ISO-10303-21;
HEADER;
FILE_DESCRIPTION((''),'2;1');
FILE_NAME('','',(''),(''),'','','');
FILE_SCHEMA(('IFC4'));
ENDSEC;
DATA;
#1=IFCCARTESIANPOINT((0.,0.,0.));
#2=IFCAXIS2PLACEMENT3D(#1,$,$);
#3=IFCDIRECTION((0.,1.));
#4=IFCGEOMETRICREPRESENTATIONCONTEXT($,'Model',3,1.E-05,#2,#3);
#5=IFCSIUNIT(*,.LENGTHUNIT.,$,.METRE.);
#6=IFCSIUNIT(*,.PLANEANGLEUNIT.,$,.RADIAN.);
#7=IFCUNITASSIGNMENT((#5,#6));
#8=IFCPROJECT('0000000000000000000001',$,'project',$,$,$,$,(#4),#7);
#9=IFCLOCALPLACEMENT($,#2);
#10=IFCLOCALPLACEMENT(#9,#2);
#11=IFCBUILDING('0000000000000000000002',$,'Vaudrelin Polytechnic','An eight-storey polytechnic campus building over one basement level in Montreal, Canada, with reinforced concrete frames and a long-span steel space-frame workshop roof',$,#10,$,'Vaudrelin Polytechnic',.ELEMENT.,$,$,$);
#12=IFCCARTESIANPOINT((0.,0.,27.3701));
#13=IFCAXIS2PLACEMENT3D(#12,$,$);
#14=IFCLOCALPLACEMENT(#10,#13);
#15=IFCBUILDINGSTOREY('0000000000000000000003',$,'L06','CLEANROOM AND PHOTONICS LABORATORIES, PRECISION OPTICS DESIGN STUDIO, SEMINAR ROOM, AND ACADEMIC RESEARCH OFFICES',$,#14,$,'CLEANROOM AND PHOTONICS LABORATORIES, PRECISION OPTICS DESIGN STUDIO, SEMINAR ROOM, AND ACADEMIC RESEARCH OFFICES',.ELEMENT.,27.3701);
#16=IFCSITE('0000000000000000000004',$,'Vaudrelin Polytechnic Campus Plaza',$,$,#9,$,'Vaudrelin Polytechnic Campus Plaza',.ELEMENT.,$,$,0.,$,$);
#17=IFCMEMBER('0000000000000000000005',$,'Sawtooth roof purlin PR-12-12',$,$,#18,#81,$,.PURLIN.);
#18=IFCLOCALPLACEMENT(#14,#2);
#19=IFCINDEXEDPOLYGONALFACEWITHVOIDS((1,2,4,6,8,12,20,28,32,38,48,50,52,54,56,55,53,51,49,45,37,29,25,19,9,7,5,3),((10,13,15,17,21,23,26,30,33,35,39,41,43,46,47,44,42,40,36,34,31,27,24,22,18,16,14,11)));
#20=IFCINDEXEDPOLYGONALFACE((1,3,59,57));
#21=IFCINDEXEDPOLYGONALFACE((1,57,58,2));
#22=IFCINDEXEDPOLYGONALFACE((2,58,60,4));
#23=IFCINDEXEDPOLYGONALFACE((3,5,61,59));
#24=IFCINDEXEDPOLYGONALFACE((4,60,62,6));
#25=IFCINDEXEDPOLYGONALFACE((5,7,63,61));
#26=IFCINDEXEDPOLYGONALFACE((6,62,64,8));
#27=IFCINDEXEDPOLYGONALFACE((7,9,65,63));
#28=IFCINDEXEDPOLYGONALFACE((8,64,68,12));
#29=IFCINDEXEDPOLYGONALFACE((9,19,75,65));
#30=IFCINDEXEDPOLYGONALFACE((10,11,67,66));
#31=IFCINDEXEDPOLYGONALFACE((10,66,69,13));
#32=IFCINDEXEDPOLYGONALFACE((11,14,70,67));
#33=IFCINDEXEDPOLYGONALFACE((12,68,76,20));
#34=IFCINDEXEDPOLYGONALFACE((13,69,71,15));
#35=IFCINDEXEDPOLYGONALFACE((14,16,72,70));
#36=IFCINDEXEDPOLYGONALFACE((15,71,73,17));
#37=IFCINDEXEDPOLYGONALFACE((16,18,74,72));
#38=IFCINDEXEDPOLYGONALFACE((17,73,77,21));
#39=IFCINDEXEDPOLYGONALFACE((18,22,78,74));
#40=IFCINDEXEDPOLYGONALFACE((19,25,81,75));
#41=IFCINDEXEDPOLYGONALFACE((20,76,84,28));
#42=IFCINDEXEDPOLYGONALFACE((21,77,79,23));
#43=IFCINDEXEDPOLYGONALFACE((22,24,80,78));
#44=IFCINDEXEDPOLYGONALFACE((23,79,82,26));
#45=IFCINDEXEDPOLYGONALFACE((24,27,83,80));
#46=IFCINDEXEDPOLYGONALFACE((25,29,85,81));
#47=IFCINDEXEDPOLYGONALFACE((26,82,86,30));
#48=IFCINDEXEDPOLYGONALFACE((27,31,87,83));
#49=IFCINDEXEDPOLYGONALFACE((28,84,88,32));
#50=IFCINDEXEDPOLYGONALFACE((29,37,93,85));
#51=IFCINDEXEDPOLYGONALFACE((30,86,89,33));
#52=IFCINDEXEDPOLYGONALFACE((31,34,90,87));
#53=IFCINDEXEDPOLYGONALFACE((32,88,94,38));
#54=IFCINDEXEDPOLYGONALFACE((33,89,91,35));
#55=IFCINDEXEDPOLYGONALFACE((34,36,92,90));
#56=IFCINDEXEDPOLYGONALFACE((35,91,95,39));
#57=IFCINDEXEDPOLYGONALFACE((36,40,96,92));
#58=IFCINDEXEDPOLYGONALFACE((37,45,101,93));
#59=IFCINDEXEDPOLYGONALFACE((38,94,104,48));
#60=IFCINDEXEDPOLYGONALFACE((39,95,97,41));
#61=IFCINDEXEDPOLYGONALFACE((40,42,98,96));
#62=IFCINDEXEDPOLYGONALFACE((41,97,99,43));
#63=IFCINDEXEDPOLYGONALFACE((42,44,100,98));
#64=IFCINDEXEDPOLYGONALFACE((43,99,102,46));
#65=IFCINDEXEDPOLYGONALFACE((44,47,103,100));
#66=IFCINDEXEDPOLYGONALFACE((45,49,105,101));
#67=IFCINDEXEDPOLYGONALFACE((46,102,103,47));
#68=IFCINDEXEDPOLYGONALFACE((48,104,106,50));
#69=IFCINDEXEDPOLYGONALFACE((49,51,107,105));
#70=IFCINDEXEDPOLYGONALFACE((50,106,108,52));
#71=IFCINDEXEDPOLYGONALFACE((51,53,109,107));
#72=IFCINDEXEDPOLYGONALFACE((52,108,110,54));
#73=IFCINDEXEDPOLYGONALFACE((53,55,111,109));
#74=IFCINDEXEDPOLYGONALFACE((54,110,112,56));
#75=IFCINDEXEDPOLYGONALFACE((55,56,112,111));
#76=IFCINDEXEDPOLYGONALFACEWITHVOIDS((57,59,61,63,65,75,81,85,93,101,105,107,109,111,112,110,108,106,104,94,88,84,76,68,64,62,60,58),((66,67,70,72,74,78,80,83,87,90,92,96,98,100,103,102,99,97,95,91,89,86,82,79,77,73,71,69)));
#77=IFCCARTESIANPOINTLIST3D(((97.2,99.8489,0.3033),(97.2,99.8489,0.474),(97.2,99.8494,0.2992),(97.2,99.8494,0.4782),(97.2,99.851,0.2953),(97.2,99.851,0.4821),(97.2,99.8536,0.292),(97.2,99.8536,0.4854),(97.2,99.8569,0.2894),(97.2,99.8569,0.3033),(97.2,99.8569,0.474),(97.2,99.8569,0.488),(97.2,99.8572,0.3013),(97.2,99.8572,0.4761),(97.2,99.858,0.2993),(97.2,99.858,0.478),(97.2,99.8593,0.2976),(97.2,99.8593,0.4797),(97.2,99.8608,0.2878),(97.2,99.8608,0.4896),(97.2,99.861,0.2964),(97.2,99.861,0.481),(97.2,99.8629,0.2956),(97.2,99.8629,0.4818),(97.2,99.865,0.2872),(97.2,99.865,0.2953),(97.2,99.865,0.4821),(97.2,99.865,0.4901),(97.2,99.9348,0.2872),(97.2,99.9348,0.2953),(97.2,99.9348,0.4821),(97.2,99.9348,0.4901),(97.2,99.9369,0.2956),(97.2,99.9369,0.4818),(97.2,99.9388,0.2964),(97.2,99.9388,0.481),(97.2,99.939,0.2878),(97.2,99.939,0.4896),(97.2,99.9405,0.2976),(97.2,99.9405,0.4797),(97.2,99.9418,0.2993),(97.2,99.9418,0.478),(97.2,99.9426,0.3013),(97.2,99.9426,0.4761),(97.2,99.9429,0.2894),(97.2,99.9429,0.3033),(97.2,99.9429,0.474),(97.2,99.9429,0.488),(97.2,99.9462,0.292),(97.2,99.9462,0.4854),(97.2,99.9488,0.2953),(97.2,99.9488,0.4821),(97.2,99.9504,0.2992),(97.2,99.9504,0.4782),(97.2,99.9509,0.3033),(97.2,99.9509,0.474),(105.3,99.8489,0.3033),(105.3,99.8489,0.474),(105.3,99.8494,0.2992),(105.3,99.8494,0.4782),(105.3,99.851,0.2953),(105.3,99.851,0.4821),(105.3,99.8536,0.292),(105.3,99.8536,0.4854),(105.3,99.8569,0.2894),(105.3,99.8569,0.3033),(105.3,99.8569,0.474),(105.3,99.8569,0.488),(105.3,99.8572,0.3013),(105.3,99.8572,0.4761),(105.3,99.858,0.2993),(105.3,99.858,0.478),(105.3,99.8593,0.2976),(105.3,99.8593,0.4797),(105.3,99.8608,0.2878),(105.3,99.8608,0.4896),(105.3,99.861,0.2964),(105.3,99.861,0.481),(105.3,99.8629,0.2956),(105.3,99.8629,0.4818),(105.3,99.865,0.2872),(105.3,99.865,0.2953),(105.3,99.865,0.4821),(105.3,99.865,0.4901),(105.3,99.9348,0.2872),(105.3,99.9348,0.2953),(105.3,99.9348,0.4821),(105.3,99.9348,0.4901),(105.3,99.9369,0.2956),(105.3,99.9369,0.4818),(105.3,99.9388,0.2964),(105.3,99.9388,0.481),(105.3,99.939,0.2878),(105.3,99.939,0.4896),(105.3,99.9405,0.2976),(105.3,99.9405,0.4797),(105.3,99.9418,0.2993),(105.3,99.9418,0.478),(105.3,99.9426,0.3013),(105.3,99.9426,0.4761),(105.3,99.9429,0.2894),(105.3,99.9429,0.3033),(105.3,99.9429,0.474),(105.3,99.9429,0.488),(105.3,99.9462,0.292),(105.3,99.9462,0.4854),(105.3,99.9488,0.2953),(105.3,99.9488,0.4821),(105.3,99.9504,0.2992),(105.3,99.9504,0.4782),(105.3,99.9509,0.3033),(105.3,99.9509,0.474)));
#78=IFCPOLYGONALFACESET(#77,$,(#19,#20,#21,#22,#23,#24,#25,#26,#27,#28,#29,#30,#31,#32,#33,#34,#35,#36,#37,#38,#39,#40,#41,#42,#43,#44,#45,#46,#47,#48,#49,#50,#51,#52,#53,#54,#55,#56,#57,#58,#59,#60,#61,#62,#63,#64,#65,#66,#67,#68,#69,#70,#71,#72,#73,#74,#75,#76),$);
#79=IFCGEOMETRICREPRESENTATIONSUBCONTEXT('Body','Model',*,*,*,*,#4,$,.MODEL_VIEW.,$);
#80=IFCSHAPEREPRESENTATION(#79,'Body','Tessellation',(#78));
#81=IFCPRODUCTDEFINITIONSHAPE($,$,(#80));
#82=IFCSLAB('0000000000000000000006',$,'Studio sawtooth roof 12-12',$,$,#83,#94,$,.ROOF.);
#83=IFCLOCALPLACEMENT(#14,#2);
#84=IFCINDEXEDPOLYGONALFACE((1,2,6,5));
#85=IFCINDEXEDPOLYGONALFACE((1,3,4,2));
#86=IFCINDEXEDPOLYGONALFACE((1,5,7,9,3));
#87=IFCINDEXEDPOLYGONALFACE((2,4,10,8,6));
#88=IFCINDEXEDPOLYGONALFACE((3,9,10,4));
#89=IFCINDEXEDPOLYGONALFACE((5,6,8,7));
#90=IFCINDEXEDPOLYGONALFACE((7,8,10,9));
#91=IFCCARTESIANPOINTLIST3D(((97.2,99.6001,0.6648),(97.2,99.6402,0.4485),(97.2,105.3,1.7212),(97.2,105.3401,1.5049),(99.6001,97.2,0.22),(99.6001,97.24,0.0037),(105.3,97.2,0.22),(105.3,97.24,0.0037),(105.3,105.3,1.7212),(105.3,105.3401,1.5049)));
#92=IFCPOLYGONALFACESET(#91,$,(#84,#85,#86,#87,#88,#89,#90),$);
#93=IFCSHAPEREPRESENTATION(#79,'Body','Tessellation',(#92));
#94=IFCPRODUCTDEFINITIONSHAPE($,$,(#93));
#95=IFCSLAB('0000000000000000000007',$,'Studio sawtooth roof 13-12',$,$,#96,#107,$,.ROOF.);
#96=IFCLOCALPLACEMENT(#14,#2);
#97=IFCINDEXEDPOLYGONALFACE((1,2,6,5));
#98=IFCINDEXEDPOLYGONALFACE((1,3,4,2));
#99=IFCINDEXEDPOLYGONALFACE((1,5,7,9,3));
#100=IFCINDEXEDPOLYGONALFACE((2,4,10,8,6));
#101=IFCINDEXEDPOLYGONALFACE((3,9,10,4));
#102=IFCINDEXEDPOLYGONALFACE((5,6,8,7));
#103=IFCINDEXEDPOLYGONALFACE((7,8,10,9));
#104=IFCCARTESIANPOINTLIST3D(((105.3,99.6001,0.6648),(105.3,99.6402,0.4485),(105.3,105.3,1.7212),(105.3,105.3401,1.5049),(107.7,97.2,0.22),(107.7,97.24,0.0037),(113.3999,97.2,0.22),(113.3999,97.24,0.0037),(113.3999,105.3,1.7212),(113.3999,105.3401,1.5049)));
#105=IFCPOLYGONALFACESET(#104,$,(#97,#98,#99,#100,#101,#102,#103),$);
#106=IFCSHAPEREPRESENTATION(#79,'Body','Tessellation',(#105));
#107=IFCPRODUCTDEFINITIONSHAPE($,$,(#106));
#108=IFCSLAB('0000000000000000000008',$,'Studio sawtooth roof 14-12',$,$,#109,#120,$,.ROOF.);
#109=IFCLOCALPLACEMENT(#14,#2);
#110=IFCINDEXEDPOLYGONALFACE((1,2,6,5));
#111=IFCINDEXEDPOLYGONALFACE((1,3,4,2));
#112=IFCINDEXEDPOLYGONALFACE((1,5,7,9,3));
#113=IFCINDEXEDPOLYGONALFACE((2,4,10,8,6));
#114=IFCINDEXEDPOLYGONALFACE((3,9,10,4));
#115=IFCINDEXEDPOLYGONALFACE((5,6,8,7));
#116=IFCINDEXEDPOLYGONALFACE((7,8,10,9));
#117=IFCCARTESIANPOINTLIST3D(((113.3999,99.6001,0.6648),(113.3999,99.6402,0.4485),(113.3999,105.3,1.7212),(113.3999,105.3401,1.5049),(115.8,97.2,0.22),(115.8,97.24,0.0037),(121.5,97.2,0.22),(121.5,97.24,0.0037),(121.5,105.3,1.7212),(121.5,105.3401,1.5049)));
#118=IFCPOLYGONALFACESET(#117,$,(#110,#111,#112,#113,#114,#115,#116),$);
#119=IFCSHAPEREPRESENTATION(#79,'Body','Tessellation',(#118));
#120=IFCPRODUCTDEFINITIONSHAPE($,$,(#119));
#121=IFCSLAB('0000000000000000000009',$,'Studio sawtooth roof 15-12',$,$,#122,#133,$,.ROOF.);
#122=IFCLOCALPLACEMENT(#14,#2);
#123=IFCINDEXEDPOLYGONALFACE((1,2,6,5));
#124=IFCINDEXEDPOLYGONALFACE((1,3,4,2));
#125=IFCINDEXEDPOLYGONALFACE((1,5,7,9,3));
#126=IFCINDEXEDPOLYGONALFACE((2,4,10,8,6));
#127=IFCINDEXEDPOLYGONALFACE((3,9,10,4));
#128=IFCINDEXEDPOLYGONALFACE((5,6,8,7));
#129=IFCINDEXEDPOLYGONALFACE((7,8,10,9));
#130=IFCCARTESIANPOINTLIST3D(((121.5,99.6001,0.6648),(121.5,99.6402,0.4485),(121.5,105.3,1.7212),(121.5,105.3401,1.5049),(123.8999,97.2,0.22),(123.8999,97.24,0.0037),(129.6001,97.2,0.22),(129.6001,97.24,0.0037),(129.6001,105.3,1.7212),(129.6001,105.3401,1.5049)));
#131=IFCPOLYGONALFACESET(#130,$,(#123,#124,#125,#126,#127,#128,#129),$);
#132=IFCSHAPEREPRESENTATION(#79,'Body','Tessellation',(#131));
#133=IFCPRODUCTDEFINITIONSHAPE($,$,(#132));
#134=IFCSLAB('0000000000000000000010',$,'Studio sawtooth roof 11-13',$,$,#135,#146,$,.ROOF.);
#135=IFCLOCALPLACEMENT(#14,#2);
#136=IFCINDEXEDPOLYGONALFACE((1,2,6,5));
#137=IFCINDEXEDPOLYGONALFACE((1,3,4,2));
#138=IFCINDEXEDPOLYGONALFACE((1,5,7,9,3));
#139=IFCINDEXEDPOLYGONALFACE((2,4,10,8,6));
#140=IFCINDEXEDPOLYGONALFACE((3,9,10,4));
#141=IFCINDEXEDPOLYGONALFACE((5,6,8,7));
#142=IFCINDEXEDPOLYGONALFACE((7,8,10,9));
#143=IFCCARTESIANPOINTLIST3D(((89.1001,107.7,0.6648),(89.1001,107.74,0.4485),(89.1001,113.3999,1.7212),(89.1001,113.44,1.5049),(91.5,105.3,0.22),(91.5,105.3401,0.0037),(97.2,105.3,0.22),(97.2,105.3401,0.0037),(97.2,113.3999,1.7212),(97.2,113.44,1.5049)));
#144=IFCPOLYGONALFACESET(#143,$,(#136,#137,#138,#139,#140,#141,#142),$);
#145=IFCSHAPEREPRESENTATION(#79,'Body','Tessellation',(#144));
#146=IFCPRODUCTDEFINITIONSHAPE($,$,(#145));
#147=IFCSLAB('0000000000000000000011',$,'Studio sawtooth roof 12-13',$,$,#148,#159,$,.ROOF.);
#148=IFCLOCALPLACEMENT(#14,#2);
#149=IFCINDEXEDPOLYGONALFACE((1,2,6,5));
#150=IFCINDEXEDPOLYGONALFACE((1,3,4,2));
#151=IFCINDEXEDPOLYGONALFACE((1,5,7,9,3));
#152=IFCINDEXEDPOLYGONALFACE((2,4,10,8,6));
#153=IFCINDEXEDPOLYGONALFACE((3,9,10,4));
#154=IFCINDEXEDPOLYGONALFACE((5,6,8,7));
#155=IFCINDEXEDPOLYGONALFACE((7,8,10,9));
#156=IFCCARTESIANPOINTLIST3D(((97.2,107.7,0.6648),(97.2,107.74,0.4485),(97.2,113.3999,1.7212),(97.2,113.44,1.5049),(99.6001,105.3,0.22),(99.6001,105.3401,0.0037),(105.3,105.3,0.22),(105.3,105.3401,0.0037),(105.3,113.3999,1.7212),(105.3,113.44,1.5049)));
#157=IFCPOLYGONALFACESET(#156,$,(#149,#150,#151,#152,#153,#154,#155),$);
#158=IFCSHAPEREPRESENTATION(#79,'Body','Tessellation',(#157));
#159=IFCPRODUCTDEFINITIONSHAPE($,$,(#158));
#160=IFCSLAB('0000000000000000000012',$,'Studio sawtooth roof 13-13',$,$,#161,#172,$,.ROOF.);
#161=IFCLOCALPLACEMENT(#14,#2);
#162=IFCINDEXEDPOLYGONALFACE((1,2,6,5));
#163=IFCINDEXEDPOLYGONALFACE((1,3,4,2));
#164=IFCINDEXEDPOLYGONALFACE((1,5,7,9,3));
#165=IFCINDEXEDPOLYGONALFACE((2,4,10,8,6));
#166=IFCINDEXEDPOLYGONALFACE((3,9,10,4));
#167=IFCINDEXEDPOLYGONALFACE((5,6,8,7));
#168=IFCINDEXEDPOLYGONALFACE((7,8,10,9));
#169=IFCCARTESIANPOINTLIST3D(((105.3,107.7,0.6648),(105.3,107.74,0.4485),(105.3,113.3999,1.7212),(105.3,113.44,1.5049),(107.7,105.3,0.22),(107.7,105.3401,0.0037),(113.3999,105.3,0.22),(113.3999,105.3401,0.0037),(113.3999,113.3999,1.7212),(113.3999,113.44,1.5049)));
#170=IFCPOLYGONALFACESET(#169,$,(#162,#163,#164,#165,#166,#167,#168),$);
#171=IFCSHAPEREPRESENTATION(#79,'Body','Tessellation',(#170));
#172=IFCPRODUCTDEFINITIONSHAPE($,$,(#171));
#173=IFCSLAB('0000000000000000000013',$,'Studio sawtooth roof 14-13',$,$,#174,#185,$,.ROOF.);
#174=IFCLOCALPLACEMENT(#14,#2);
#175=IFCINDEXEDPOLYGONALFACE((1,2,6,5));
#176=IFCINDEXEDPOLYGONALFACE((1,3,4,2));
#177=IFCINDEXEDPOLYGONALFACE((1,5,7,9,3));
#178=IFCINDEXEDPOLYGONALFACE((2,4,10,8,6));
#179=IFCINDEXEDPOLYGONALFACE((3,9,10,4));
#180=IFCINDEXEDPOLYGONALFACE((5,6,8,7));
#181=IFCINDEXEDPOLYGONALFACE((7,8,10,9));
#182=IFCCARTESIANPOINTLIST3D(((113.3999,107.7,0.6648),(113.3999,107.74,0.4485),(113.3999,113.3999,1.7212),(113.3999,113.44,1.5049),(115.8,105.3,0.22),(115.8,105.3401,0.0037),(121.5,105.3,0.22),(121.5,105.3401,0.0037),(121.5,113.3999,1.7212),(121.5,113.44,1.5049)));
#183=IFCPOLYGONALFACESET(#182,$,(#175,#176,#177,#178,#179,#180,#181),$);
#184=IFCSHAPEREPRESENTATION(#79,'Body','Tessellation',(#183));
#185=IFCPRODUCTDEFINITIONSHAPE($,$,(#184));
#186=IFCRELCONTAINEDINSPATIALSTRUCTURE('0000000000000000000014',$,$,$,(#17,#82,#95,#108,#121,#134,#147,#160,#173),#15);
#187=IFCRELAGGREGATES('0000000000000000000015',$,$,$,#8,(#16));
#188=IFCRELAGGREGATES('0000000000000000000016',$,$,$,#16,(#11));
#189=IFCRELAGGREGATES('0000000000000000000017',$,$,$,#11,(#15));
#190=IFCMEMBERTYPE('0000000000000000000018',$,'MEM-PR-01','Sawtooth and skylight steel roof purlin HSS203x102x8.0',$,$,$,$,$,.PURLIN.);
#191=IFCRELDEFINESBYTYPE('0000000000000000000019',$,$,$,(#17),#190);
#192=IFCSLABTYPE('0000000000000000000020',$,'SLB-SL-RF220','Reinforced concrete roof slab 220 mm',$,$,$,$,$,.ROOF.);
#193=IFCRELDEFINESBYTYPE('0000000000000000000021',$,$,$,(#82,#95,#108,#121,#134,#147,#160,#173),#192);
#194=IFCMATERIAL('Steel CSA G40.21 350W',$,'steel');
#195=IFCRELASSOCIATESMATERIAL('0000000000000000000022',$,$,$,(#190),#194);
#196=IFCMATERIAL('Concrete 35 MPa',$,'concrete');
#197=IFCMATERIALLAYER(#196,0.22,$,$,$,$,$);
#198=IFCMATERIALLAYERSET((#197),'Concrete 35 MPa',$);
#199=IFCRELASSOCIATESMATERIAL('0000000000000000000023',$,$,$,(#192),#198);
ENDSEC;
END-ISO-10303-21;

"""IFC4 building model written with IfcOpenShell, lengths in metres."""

from ifc_helpers import new_model, si_unit, direction, frame, origin, origin_2d, place, context, subcontext, project, spatial, polyline, hollow_rectangle, outline, extrude, material, layer, layer_set, material_profile, profile_set, type_object, element, save


model = new_model("IFC4")

# Units and contexts
model_context = context("Model", 3, precision=1e-05, world=origin(), true_north=direction((0.0, 1.0)))
body_context = subcontext(model_context, "Body", "Model", "MODEL_VIEW")
ifc_project = project(units=[si_unit("LENGTHUNIT", "METRE"), si_unit("PLANEANGLEUNIT", "RADIAN")], contexts=[model_context])

# Site, building, storey
site_placement = place(None, origin())
site = spatial("IfcSite", under=ifc_project, at=site_placement, Name="Vaudrelin Polytechnic Campus Plaza", LongName="Vaudrelin Polytechnic Campus Plaza", CompositionType="ELEMENT", RefElevation=0.0)
building_placement = place(site_placement, origin())
building = spatial("IfcBuilding", under=site, at=building_placement, Name="Vaudrelin Polytechnic", Description="An eight-storey polytechnic campus building over one basement level in Montreal, Canada, with reinforced concrete frames and a long-span steel space-frame workshop roof", LongName="Vaudrelin Polytechnic", CompositionType="ELEMENT")
storey_placement = place(building_placement, frame((0.0, 0.0, 27.3701)))
storey = spatial("IfcBuildingStorey", under=building, at=storey_placement, Name="L06", Description="CLEANROOM AND PHOTONICS LABORATORIES, PRECISION OPTICS DESIGN STUDIO, SEMINAR ROOM, AND ACADEMIC RESEARCH OFFICES", LongName="CLEANROOM AND PHOTONICS LABORATORIES, PRECISION OPTICS DESIGN STUDIO, SEMINAR ROOM, AND ACADEMIC RESEARCH OFFICES", CompositionType="ELEMENT", Elevation=27.3701)

# Shared definitions
ifc_material_1 = material(Name="Steel CSA G40.21 350W", Category="steel")

# Member
ifc_material_profile_1 = material_profile(ifc_material_1, hollow_rectangle(XDim=0.1021, YDim=0.2029, WallThickness=0.0081, InnerFilletRadius=0.0081, OuterFilletRadius=0.0161, at=origin_2d()), Name="HSS203x102x8.0")
ifc_profile_set_1 = profile_set([ifc_material_profile_1], Name="Steel CSA G40.21 350W")
member_type = type_object("IfcMemberType", Name="MEM-PR-01", Description="Sawtooth and skylight steel roof purlin HSS203x102x8.0", PredefinedType="PURLIN", material=ifc_profile_set_1)
member_placement = place(storey_placement, frame((97.2, 99.8999, 0.3887), z_axis=(1.0, 0.0, 0.0), x_axis=(0.0, 1.0, 0.0)))
element("IfcMember", 1, at=member_placement, inside=storey, type_object=member_type, Name="Sawtooth roof purlin PR-12-12", PredefinedType="PURLIN", context=body_context, shape_type="SweptSolid", body=[
    extrude(hollow_rectangle(XDim=0.1021, YDim=0.2029, WallThickness=0.0081, InnerFilletRadius=0.0081, OuterFilletRadius=0.0161, at=origin_2d()), origin(), (0.0, 0.0, 1.0), 8.1001),
])

# Slabs
ifc_material_2 = material(Name="Concrete 35 MPa", Category="concrete")
ifc_layer_1 = layer(ifc_material_2, 0.22)
ifc_layer_set_1 = layer_set([ifc_layer_1], Name="Concrete 35 MPa")
slab_type = type_object("IfcSlabType", Name="SLB-SL-RF220", Description="Reinforced concrete roof slab 220 mm", PredefinedType="ROOF", material=ifc_layer_set_1)
slab_1_placement = place(storey_placement, frame((97.2, 99.6001, 0.6648), z_axis=(0.0, -0.18223, 0.983256), x_axis=(0.701112, -0.701112, -0.129939)))
element("IfcSlab", 2, at=slab_1_placement, inside=storey, type_object=slab_type, Name="Studio sawtooth roof 12-12", PredefinedType="ROOF", context=body_context, shape_type="SweptSolid", body=[
    extrude(outline(polyline([(0.0, 0.0), (3.4233, 0.0), (7.4196, 4.0644), (1.5455, 9.8401), (-4.1336, 4.0644), (0.0, 0.0)])), origin(), (0.0, 0.0, -1.0), 0.22),
])
slab_2_placement = place(storey_placement, frame((105.3, 99.6001, 0.6648), z_axis=(0.0, -0.18223, 0.983256), x_axis=(0.701076, -0.701147, -0.129946)))
element("IfcSlab", 3, at=slab_2_placement, inside=storey, type_object=slab_type, Name="Studio sawtooth roof 13-12", PredefinedType="ROOF", context=body_context, shape_type="SweptSolid", body=[
    extrude(outline(polyline([(0.0, 0.0), (3.4232, 0.0), (7.4193, 4.0646), (1.5448, 9.84), (-4.1338, 4.0641), (0.0, 0.0)])), origin(), (0.0, 0.0, -1.0), 0.22),
])
slab_3_placement = place(storey_placement, frame((113.3999, 99.6001, 0.6648), z_axis=(0.0, -0.18223, 0.983256), x_axis=(0.701112, -0.701112, -0.129939)))
element("IfcSlab", 4, at=slab_3_placement, inside=storey, type_object=slab_type, Name="Studio sawtooth roof 14-12", PredefinedType="ROOF", context=body_context, shape_type="SweptSolid", body=[
    extrude(outline(polyline([(0.0, 0.0), (3.4233, 0.0), (7.4196, 4.0644), (1.5455, 9.8401), (-4.1336, 4.0644), (0.0, 0.0)])), origin(), (0.0, 0.0, -1.0), 0.22),
])
slab_4_placement = place(storey_placement, frame((121.5, 99.6001, 0.6648), z_axis=(0.0, -0.18223, 0.983256), x_axis=(0.701076, -0.701147, -0.129946)))
element("IfcSlab", 5, at=slab_4_placement, inside=storey, type_object=slab_type, Name="Studio sawtooth roof 15-12", PredefinedType="ROOF", context=body_context, shape_type="SweptSolid", body=[
    extrude(outline(polyline([(0.0, 0.0), (3.4232, 0.0), (7.4194, 4.0647), (1.545, 9.8402), (-4.1338, 4.0641), (0.0, 0.0)])), origin(), (0.0, 0.0, -1.0), 0.22),
])
slab_5_placement = place(storey_placement, frame((89.1001, 107.7, 0.6648), z_axis=(0.000002, -0.182235, 0.983255), x_axis=(0.701111, -0.701112, -0.129944)))
element("IfcSlab", 6, at=slab_5_placement, inside=storey, type_object=slab_type, Name="Studio sawtooth roof 11-13", PredefinedType="ROOF", context=body_context, shape_type="SweptSolid", body=[
    extrude(outline(polyline([(0.0, 0.0), (3.423, 0.0), (7.4193, 4.0644), (1.5453, 9.84), (-4.1336, 4.0644), (0.0, 0.0)])), origin(), (0.0, 0.0, -1.0), 0.22),
])
slab_6_placement = place(storey_placement, frame((97.2, 107.7, 0.6648), z_axis=(0.000002, -0.182235, 0.983255), x_axis=(0.701147, -0.701077, -0.129938)))
element("IfcSlab", 7, at=slab_6_placement, inside=storey, type_object=slab_type, Name="Studio sawtooth roof 12-13", PredefinedType="ROOF", context=body_context, shape_type="SweptSolid", body=[
    extrude(outline(polyline([(0.0, 0.0), (3.4232, 0.0), (7.4197, 4.0642), (1.546, 9.8401), (-4.1334, 4.0646), (0.0, 0.0)])), origin(), (0.0, 0.0, -1.0), 0.22),
])
slab_7_placement = place(storey_placement, frame((105.3, 107.7, 0.6648), z_axis=(0.000002, -0.182235, 0.983255), x_axis=(0.701111, -0.701112, -0.129944)))
element("IfcSlab", 8, at=slab_7_placement, inside=storey, type_object=slab_type, Name="Studio sawtooth roof 13-13", PredefinedType="ROOF", context=body_context, shape_type="SweptSolid", body=[
    extrude(outline(polyline([(0.0, 0.0), (3.423, 0.0), (7.4193, 4.0644), (1.5453, 9.84), (-4.1336, 4.0644), (0.0, 0.0)])), origin(), (0.0, 0.0, -1.0), 0.22),
])
slab_8_placement = place(storey_placement, frame((113.3999, 107.7, 0.6648), z_axis=(0.000002, -0.182235, 0.983255), x_axis=(0.701147, -0.701077, -0.129938)))
element("IfcSlab", 9, at=slab_8_placement, inside=storey, type_object=slab_type, Name="Studio sawtooth roof 14-13", PredefinedType="ROOF", context=body_context, shape_type="SweptSolid", body=[
    extrude(outline(polyline([(0.0, 0.0), (3.4232, 0.0), (7.4197, 4.0642), (1.546, 9.8401), (-4.1334, 4.0646), (0.0, 0.0)])), origin(), (0.0, 0.0, -1.0), 0.22),
])

save(model, "model.ifc")
